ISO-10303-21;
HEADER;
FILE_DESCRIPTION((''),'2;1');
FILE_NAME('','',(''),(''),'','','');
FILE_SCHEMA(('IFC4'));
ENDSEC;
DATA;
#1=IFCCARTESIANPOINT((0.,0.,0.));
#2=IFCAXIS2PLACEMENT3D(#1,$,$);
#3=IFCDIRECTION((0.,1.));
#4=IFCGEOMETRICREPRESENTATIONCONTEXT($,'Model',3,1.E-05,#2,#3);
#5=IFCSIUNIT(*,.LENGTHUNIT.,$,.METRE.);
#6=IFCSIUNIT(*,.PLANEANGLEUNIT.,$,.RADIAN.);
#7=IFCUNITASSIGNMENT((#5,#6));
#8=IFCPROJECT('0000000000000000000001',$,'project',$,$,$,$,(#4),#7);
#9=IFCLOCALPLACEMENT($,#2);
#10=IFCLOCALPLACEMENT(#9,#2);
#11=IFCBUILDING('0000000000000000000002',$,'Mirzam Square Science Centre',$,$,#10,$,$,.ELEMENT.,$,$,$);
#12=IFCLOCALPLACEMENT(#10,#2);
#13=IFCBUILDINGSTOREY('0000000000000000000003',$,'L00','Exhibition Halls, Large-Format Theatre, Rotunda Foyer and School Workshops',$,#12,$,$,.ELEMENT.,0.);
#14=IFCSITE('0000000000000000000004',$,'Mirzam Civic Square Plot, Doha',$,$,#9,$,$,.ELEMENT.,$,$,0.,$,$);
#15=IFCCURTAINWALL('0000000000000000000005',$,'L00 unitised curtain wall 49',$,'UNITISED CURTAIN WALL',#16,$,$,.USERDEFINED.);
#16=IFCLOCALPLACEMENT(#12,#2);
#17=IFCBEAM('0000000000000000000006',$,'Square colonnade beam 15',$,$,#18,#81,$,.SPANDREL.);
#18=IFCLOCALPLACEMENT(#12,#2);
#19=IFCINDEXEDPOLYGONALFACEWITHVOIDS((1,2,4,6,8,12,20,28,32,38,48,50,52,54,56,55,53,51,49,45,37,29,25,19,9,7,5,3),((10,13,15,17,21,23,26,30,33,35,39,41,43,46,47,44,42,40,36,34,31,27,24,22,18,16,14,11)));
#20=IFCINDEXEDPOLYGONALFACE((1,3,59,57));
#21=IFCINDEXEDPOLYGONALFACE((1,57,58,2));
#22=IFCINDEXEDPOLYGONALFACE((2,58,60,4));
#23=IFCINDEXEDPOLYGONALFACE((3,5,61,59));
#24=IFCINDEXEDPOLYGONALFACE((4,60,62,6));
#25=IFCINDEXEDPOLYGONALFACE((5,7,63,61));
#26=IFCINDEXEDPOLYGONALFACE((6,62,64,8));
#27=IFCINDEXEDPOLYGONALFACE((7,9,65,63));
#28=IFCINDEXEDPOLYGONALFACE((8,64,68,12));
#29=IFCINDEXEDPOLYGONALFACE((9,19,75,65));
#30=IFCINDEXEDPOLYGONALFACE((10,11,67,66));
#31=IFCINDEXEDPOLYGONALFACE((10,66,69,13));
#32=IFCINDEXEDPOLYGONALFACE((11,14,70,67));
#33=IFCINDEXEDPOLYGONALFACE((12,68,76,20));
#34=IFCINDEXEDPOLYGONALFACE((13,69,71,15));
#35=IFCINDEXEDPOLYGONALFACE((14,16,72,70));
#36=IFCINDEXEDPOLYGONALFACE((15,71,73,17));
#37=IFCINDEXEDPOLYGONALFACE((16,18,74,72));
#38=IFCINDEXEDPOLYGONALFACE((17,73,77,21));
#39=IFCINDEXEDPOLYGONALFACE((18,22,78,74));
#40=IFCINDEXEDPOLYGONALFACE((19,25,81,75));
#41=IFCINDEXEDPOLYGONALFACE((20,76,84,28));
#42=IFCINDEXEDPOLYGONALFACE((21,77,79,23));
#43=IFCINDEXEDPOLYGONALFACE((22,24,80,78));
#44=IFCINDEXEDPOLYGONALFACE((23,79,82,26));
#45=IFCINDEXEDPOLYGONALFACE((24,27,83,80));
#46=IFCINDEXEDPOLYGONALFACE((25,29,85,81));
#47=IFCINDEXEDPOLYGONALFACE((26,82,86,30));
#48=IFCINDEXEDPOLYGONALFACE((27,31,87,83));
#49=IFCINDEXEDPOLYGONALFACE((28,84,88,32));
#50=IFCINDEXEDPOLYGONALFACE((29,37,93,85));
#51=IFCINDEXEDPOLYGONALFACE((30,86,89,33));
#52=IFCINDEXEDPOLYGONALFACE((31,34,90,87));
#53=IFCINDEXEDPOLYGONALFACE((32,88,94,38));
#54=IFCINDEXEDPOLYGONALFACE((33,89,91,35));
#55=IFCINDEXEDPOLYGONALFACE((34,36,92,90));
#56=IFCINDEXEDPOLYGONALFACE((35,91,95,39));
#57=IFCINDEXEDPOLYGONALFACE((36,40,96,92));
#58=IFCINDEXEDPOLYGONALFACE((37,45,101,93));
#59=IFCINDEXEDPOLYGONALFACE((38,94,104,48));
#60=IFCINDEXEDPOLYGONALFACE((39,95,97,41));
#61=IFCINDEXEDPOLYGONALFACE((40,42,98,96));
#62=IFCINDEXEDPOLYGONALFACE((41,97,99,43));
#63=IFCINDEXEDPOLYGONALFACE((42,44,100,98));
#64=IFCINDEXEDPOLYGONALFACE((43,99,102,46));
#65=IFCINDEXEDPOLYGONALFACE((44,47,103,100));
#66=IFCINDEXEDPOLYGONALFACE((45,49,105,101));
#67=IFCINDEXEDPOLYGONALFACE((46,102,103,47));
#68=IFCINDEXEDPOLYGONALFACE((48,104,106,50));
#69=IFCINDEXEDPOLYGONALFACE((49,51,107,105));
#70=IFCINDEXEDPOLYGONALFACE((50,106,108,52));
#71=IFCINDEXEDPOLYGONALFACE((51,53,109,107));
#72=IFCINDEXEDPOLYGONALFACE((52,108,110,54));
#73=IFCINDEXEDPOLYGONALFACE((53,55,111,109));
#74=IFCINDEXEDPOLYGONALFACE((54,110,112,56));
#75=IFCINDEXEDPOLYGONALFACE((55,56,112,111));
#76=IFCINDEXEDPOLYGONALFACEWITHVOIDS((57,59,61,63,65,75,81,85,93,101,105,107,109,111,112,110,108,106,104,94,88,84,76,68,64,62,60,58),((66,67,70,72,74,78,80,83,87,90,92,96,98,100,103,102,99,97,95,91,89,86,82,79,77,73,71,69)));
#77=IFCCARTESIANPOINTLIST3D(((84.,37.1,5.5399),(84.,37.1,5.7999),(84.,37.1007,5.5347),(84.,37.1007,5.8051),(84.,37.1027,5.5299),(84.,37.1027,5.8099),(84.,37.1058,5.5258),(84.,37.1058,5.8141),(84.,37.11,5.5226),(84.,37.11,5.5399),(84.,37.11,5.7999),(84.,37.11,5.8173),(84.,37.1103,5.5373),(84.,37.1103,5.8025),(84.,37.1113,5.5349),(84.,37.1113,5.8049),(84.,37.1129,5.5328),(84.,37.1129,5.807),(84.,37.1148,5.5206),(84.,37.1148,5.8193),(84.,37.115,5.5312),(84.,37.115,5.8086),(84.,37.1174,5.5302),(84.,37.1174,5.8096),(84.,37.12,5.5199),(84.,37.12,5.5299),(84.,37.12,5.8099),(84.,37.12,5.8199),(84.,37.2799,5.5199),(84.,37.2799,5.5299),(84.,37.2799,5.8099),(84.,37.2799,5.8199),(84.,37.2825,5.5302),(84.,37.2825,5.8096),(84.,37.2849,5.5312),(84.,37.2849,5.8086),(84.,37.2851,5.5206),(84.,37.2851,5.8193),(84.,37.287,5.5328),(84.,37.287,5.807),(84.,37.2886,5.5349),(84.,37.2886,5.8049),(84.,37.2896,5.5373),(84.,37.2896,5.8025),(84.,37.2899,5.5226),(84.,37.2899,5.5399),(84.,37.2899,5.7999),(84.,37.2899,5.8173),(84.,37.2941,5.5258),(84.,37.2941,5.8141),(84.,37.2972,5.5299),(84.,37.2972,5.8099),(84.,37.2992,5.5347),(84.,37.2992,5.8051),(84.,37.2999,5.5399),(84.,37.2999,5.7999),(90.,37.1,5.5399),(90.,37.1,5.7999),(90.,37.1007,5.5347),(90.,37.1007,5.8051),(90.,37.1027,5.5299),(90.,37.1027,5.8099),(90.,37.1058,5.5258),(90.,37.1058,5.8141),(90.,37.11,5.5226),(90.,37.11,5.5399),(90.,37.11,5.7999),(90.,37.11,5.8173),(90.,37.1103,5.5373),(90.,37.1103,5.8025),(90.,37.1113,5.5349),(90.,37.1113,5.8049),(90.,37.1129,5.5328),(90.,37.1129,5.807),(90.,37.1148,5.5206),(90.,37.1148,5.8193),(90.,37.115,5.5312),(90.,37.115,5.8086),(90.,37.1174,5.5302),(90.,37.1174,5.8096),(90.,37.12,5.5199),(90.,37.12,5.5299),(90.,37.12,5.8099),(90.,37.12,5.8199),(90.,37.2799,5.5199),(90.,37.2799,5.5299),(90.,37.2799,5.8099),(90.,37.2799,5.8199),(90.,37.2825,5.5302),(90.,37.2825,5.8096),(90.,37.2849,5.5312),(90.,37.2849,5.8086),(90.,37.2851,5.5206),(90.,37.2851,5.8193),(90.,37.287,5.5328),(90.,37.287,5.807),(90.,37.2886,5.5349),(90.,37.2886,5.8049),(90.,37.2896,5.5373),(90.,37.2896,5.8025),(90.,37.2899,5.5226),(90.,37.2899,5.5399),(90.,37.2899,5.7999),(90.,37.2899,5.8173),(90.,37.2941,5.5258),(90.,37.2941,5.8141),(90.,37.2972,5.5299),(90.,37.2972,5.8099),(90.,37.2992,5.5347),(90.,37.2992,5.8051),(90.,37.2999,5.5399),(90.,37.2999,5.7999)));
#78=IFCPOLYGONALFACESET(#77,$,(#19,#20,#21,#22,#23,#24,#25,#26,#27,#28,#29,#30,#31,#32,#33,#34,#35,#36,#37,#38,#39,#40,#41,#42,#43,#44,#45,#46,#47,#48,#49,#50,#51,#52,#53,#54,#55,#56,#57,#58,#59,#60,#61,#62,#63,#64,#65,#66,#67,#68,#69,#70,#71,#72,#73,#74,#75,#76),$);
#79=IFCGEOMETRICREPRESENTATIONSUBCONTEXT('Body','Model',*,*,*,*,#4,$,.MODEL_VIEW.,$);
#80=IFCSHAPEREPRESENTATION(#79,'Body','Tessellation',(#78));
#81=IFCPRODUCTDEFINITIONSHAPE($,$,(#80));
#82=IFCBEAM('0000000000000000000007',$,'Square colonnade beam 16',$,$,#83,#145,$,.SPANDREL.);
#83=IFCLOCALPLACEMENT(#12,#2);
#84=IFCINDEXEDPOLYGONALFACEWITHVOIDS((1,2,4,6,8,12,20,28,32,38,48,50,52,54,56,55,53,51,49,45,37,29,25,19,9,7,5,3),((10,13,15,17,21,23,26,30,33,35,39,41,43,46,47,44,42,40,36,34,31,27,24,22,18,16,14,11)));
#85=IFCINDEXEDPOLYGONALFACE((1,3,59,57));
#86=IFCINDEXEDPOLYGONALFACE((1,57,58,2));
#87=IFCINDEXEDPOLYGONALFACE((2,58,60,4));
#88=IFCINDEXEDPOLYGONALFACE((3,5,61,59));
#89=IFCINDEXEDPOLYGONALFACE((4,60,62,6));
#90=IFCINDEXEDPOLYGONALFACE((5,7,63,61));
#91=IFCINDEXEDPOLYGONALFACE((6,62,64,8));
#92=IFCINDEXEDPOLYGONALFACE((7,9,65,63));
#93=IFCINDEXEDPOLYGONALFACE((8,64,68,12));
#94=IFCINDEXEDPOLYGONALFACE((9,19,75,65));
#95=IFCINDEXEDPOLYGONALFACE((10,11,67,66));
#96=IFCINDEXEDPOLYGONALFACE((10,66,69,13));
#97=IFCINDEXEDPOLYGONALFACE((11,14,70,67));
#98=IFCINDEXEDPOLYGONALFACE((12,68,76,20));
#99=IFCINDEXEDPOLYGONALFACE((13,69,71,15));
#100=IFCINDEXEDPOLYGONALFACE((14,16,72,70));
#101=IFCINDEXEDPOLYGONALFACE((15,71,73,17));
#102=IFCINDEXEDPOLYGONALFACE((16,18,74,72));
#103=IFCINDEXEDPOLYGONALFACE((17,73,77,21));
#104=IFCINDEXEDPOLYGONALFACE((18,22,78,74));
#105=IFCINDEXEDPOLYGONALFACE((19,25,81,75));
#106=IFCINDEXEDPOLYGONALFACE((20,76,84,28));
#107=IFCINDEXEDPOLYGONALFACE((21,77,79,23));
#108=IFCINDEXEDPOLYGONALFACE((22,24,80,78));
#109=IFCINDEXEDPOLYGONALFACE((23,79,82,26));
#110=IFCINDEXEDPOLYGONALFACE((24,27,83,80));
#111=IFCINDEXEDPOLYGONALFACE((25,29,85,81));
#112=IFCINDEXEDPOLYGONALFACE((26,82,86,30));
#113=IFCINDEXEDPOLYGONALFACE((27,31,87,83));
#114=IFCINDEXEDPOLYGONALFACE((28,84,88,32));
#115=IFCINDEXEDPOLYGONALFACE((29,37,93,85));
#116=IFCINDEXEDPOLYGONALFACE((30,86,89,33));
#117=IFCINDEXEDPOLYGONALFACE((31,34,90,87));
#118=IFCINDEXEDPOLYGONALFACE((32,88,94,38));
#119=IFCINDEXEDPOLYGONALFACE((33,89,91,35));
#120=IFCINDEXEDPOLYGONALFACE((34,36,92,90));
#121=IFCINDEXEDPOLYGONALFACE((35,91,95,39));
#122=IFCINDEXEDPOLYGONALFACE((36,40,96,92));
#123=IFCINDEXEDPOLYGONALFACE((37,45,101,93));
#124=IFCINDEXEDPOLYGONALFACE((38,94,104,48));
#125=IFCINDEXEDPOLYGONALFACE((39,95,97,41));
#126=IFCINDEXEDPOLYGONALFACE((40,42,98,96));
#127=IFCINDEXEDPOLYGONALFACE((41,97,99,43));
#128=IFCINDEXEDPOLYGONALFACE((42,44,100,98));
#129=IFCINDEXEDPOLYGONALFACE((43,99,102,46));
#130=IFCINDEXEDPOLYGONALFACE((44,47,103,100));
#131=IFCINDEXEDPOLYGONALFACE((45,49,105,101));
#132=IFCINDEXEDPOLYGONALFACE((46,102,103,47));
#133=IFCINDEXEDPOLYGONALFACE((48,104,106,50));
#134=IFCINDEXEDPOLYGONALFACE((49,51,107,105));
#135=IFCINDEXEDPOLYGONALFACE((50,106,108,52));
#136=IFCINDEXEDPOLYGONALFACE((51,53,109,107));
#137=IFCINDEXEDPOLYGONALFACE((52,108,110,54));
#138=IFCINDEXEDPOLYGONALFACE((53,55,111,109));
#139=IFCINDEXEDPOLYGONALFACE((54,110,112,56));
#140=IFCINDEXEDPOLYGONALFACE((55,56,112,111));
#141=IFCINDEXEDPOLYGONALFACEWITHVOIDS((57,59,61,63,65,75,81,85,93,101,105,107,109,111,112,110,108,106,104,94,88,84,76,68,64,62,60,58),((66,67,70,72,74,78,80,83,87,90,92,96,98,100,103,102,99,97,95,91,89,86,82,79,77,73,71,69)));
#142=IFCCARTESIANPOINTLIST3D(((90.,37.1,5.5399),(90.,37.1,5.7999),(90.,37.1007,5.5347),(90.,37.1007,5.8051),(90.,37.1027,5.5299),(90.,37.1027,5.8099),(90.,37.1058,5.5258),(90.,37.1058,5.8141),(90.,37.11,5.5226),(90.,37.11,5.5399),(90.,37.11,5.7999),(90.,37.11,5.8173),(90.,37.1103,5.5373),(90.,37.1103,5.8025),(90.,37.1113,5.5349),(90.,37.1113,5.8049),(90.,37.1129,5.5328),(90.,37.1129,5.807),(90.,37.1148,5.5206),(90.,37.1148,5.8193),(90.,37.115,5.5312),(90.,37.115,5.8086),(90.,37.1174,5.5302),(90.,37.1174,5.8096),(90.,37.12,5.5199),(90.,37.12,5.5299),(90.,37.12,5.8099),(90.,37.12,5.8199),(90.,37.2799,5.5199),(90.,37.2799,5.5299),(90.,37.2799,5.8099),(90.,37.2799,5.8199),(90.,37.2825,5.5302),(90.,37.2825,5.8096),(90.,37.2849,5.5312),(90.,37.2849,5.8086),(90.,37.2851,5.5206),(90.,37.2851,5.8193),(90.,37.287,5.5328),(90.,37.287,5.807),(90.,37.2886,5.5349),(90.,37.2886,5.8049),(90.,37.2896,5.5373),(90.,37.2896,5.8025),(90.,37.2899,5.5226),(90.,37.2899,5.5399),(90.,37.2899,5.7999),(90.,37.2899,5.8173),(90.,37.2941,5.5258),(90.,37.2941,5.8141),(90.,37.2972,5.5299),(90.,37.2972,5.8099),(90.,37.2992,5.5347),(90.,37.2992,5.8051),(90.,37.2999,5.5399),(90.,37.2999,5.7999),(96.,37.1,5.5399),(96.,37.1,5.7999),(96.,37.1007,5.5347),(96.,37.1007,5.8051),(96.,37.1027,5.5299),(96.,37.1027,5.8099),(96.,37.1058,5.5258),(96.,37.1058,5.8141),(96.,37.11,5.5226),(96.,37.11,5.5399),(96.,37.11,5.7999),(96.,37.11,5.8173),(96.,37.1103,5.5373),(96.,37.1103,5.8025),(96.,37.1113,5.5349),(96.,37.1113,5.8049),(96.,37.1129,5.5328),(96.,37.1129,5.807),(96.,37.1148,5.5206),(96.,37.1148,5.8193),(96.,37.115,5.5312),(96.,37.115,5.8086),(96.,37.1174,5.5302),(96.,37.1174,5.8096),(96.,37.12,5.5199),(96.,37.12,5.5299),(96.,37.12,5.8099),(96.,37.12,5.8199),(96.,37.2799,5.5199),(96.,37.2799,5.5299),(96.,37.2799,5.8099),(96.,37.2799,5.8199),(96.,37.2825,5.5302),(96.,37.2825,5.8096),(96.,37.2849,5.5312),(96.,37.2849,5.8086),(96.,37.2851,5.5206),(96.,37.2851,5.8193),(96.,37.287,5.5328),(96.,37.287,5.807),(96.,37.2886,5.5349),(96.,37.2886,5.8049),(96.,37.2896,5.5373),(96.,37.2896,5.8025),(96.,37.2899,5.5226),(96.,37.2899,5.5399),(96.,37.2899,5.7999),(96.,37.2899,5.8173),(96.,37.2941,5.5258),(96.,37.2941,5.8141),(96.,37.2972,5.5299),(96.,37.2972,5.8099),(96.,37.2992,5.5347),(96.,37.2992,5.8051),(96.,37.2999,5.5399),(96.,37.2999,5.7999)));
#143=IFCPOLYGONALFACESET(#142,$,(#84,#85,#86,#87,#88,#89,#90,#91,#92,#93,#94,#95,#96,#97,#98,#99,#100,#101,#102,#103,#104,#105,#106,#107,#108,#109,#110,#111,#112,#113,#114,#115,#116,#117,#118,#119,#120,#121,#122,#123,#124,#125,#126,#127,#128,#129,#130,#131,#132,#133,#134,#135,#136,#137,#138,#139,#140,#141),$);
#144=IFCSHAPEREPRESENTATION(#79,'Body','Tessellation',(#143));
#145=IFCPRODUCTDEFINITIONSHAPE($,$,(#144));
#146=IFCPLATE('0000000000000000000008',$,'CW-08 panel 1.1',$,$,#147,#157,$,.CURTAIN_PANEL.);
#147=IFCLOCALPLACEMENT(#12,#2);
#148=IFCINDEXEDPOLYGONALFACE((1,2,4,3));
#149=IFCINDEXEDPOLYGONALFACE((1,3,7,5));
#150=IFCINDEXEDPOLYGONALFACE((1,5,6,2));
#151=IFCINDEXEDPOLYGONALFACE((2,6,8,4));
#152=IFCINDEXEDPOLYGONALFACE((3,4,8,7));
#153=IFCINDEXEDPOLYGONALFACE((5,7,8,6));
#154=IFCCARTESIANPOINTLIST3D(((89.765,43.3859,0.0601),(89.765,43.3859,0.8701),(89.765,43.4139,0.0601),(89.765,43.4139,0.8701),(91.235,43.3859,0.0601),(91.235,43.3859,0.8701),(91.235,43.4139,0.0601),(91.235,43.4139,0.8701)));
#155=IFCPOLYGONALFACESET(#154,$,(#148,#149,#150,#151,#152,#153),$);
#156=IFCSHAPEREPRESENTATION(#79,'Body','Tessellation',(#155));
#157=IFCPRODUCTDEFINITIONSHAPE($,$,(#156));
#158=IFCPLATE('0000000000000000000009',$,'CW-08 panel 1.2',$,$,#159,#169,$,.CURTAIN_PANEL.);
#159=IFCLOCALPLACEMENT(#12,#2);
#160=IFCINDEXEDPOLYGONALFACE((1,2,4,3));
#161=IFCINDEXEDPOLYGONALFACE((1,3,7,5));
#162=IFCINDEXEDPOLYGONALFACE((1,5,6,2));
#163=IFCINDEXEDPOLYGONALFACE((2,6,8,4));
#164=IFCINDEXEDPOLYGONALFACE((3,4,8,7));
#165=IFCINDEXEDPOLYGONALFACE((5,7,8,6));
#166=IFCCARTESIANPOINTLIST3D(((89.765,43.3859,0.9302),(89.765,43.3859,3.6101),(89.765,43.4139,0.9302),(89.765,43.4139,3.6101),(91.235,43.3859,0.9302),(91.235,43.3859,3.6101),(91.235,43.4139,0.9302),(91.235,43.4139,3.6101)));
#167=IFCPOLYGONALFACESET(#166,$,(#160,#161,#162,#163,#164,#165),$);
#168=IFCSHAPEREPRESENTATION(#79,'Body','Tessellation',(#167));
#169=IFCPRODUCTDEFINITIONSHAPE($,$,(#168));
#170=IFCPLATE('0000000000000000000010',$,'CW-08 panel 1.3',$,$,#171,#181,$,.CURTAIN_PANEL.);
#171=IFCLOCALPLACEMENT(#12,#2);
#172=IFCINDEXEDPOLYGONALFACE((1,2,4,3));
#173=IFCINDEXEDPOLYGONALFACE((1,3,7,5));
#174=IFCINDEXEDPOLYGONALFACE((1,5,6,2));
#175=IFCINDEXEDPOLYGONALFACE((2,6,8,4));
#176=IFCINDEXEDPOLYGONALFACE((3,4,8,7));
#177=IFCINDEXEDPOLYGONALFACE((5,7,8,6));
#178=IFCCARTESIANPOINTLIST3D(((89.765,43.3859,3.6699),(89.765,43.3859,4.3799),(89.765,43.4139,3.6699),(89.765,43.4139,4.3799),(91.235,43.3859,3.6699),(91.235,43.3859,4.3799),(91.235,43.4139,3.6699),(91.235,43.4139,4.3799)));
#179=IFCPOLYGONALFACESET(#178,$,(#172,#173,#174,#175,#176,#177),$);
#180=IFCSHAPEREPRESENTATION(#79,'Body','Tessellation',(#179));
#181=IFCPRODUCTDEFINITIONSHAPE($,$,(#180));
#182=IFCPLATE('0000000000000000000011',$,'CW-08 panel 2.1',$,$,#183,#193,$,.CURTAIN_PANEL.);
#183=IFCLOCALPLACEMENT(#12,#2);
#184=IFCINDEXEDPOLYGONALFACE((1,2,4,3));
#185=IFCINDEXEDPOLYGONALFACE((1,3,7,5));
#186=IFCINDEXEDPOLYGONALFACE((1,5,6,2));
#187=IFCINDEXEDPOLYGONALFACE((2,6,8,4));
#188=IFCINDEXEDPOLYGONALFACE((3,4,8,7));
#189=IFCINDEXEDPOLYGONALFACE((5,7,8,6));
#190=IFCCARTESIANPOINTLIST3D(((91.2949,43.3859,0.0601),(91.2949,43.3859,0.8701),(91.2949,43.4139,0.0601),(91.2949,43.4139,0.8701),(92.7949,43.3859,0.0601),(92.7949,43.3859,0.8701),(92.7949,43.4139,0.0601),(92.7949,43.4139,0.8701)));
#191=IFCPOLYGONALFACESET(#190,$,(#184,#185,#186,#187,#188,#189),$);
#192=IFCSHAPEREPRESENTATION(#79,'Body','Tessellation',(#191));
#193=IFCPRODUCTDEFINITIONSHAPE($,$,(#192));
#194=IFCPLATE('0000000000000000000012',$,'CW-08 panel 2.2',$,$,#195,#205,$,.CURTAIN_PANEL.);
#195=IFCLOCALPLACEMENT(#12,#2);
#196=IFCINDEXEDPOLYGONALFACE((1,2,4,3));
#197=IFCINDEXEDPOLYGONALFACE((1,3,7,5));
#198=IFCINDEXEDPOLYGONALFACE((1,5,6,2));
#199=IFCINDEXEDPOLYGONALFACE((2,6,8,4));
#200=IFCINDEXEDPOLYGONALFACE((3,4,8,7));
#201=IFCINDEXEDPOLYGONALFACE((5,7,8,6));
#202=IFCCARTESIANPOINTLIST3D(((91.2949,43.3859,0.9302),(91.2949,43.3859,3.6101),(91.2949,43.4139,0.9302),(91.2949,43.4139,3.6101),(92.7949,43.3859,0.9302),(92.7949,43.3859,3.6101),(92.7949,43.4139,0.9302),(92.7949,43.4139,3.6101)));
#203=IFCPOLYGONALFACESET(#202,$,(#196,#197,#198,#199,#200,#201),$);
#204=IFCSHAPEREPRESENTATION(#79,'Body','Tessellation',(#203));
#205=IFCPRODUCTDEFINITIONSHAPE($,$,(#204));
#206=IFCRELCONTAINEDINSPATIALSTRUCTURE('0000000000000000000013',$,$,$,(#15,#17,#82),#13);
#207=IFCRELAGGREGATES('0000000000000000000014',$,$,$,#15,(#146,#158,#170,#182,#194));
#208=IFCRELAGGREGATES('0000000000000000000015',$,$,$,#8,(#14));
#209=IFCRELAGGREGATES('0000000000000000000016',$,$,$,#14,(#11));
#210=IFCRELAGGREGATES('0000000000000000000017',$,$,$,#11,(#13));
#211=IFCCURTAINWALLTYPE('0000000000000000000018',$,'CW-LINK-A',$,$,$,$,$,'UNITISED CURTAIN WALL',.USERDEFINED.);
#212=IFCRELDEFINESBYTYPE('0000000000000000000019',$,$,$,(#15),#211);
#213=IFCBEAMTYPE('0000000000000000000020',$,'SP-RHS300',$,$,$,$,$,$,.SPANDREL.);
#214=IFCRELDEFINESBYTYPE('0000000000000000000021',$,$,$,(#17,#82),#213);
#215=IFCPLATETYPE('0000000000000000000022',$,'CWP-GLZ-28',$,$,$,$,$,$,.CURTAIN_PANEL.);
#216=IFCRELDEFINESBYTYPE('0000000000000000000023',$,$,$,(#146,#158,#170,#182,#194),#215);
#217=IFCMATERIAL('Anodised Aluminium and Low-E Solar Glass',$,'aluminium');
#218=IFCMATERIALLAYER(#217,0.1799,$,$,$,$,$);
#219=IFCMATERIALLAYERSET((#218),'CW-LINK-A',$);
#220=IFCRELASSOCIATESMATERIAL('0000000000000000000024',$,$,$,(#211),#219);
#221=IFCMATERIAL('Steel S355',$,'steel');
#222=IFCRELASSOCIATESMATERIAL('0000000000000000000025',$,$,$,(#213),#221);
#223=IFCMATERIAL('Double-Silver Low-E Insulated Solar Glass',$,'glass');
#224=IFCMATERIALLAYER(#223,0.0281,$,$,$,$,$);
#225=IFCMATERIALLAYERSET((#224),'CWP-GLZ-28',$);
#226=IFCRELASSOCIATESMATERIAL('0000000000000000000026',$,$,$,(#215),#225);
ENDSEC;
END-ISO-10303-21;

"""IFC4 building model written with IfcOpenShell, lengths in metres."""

from ifc_helpers import new_model, si_unit, direction, frame, origin, origin_2d, place, context, subcontext, project, spatial, rectangle, hollow_rectangle, extrude, material, layer, layer_set, material_profile, profile_set, type_object, element, aggregate, save


model = new_model("IFC4")

# Units and contexts
model_context = context("Model", 3, precision=1e-05, world=origin(), true_north=direction((0.0, 1.0)))
body_context = subcontext(model_context, "Body", "Model", "MODEL_VIEW")
ifc_project = project(units=[si_unit("LENGTHUNIT", "METRE"), si_unit("PLANEANGLEUNIT", "RADIAN")], contexts=[model_context])

# Site, building, storey
site_placement = place(None, origin())
site = spatial("IfcSite", under=ifc_project, at=site_placement, Name="Mirzam Civic Square Plot, Doha", CompositionType="ELEMENT", RefElevation=0.0)
building_placement = place(site_placement, origin())
building = spatial("IfcBuilding", under=site, at=building_placement, Name="Mirzam Square Science Centre", CompositionType="ELEMENT")
storey_placement = place(building_placement, origin())
storey = spatial("IfcBuildingStorey", under=building, at=storey_placement, Name="L00", Description="Exhibition Halls, Large-Format Theatre, Rotunda Foyer and School Workshops", CompositionType="ELEMENT", Elevation=0.0)

# Shared definitions
ifc_material_1 = material(Name="Steel S355", Category="steel")

# Curtain wall
ifc_material_2 = material(Name="Anodised Aluminium and Low-E Solar Glass", Category="aluminium")
ifc_layer_1 = layer(ifc_material_2, 0.1799)
ifc_layer_set_1 = layer_set([ifc_layer_1], Name="CW-LINK-A")
curtain_wall_type = type_object("IfcCurtainWallType", Name="CW-LINK-A", ElementType="UNITISED CURTAIN WALL", PredefinedType="USERDEFINED", material=ifc_layer_set_1)
curtain_wall_placement = place(storey_placement, origin())
curtain_wall = element("IfcCurtainWall", 1, at=curtain_wall_placement, inside=storey, type_object=curtain_wall_type, Name="L00 unitised curtain wall 49", ObjectType="UNITISED CURTAIN WALL", PredefinedType="USERDEFINED")

# Beams
ifc_material_profile_1 = material_profile(ifc_material_1, hollow_rectangle(XDim=0.2, YDim=0.3, WallThickness=0.01, InnerFilletRadius=0.01, OuterFilletRadius=0.02, at=origin_2d()), Name="300x200x10.0RHS")
ifc_profile_set_1 = profile_set([ifc_material_profile_1], Name="Steel S355")
beam_type_1 = type_object("IfcBeamType", Name="SP-RHS300", PredefinedType="SPANDREL", material=ifc_profile_set_1)
for number, where, z_axis, x_axis, name in (
    (2, (84.0, 37.2, 5.6699), (1.0, 0.0, 0.0), (0.0, 1.0, 0.0), "Square colonnade beam 15"),
    (3, (90.0, 37.2, 5.6699), (1.0, 0.0, 0.0), (0.0, 1.0, 0.0), "Square colonnade beam 16"),
):
    element("IfcBeam", number, at=place(storey_placement, frame(where, z_axis=z_axis, x_axis=x_axis)), inside=storey, type_object=beam_type_1, Name=name, PredefinedType="SPANDREL", context=body_context, shape_type="SweptSolid", body=[
        extrude(hollow_rectangle(XDim=0.2, YDim=0.3, WallThickness=0.01, InnerFilletRadius=0.01, OuterFilletRadius=0.02, at=origin_2d()), origin(), (0.0, 0.0, 1.0), 6.0),
    ])

# Plates
ifc_material_3 = material(Name="Double-Silver Low-E Insulated Solar Glass", Category="glass")
ifc_layer_2 = layer(ifc_material_3, 0.0281)
ifc_layer_set_2 = layer_set([ifc_layer_2], Name="CWP-GLZ-28")
plate_type = type_object("IfcPlateType", Name="CWP-GLZ-28", PredefinedType="CURTAIN_PANEL", material=ifc_layer_set_2)
plate_1_placement = place(storey_placement, frame((90.5, 43.3999, 0.0601), z_axis=(0.0, 0.0, 1.0), x_axis=(1.0, 0.0, 0.0)))
plate_1 = element("IfcPlate", 4, at=plate_1_placement, type_object=plate_type, Name="CW-08 panel 1.1", PredefinedType="CURTAIN_PANEL", context=body_context, shape_type="SweptSolid", body=[
    extrude(rectangle(XDim=1.47, YDim=0.0281, at=origin_2d()), origin(), (0.0, 0.0, 1.0), 0.8101),
])
plate_2_placement = place(storey_placement, frame((90.5, 43.3999, 0.9302), z_axis=(0.0, 0.0, 1.0), x_axis=(1.0, 0.0, 0.0)))
plate_2 = element("IfcPlate", 5, at=plate_2_placement, type_object=plate_type, Name="CW-08 panel 1.2", PredefinedType="CURTAIN_PANEL", context=body_context, shape_type="SweptSolid", body=[
    extrude(rectangle(XDim=1.47, YDim=0.0281, at=origin_2d()), origin(), (0.0, 0.0, 1.0), 2.6799),
])
plate_3_placement = place(storey_placement, frame((90.5, 43.3999, 3.6699), z_axis=(0.0, 0.0, 1.0), x_axis=(1.0, 0.0, 0.0)))
plate_3 = element("IfcPlate", 6, at=plate_3_placement, type_object=plate_type, Name="CW-08 panel 1.3", PredefinedType="CURTAIN_PANEL", context=body_context, shape_type="SweptSolid", body=[
    extrude(rectangle(XDim=1.47, YDim=0.0281, at=origin_2d()), origin(), (0.0, 0.0, 1.0), 0.71),
])
plate_4_placement = place(storey_placement, frame((92.0449, 43.3999, 0.0601), z_axis=(0.0, 0.0, 1.0), x_axis=(1.0, 0.0, 0.0)))
plate_4 = element("IfcPlate", 7, at=plate_4_placement, type_object=plate_type, Name="CW-08 panel 2.1", PredefinedType="CURTAIN_PANEL", context=body_context, shape_type="SweptSolid", body=[
    extrude(rectangle(XDim=1.5, YDim=0.0281, at=origin_2d()), origin(), (0.0, 0.0, 1.0), 0.8101),
])
plate_5_placement = place(storey_placement, frame((92.0449, 43.3999, 0.9302), z_axis=(0.0, 0.0, 1.0), x_axis=(1.0, 0.0, 0.0)))
plate_5 = element("IfcPlate", 8, at=plate_5_placement, type_object=plate_type, Name="CW-08 panel 2.2", PredefinedType="CURTAIN_PANEL", context=body_context, shape_type="SweptSolid", body=[
    extrude(rectangle(XDim=1.5, YDim=0.0281, at=origin_2d()), origin(), (0.0, 0.0, 1.0), 2.6799),
])
aggregate(curtain_wall, [plate_1, plate_2, plate_3, plate_4, plate_5])

save(model, "model.ifc")
